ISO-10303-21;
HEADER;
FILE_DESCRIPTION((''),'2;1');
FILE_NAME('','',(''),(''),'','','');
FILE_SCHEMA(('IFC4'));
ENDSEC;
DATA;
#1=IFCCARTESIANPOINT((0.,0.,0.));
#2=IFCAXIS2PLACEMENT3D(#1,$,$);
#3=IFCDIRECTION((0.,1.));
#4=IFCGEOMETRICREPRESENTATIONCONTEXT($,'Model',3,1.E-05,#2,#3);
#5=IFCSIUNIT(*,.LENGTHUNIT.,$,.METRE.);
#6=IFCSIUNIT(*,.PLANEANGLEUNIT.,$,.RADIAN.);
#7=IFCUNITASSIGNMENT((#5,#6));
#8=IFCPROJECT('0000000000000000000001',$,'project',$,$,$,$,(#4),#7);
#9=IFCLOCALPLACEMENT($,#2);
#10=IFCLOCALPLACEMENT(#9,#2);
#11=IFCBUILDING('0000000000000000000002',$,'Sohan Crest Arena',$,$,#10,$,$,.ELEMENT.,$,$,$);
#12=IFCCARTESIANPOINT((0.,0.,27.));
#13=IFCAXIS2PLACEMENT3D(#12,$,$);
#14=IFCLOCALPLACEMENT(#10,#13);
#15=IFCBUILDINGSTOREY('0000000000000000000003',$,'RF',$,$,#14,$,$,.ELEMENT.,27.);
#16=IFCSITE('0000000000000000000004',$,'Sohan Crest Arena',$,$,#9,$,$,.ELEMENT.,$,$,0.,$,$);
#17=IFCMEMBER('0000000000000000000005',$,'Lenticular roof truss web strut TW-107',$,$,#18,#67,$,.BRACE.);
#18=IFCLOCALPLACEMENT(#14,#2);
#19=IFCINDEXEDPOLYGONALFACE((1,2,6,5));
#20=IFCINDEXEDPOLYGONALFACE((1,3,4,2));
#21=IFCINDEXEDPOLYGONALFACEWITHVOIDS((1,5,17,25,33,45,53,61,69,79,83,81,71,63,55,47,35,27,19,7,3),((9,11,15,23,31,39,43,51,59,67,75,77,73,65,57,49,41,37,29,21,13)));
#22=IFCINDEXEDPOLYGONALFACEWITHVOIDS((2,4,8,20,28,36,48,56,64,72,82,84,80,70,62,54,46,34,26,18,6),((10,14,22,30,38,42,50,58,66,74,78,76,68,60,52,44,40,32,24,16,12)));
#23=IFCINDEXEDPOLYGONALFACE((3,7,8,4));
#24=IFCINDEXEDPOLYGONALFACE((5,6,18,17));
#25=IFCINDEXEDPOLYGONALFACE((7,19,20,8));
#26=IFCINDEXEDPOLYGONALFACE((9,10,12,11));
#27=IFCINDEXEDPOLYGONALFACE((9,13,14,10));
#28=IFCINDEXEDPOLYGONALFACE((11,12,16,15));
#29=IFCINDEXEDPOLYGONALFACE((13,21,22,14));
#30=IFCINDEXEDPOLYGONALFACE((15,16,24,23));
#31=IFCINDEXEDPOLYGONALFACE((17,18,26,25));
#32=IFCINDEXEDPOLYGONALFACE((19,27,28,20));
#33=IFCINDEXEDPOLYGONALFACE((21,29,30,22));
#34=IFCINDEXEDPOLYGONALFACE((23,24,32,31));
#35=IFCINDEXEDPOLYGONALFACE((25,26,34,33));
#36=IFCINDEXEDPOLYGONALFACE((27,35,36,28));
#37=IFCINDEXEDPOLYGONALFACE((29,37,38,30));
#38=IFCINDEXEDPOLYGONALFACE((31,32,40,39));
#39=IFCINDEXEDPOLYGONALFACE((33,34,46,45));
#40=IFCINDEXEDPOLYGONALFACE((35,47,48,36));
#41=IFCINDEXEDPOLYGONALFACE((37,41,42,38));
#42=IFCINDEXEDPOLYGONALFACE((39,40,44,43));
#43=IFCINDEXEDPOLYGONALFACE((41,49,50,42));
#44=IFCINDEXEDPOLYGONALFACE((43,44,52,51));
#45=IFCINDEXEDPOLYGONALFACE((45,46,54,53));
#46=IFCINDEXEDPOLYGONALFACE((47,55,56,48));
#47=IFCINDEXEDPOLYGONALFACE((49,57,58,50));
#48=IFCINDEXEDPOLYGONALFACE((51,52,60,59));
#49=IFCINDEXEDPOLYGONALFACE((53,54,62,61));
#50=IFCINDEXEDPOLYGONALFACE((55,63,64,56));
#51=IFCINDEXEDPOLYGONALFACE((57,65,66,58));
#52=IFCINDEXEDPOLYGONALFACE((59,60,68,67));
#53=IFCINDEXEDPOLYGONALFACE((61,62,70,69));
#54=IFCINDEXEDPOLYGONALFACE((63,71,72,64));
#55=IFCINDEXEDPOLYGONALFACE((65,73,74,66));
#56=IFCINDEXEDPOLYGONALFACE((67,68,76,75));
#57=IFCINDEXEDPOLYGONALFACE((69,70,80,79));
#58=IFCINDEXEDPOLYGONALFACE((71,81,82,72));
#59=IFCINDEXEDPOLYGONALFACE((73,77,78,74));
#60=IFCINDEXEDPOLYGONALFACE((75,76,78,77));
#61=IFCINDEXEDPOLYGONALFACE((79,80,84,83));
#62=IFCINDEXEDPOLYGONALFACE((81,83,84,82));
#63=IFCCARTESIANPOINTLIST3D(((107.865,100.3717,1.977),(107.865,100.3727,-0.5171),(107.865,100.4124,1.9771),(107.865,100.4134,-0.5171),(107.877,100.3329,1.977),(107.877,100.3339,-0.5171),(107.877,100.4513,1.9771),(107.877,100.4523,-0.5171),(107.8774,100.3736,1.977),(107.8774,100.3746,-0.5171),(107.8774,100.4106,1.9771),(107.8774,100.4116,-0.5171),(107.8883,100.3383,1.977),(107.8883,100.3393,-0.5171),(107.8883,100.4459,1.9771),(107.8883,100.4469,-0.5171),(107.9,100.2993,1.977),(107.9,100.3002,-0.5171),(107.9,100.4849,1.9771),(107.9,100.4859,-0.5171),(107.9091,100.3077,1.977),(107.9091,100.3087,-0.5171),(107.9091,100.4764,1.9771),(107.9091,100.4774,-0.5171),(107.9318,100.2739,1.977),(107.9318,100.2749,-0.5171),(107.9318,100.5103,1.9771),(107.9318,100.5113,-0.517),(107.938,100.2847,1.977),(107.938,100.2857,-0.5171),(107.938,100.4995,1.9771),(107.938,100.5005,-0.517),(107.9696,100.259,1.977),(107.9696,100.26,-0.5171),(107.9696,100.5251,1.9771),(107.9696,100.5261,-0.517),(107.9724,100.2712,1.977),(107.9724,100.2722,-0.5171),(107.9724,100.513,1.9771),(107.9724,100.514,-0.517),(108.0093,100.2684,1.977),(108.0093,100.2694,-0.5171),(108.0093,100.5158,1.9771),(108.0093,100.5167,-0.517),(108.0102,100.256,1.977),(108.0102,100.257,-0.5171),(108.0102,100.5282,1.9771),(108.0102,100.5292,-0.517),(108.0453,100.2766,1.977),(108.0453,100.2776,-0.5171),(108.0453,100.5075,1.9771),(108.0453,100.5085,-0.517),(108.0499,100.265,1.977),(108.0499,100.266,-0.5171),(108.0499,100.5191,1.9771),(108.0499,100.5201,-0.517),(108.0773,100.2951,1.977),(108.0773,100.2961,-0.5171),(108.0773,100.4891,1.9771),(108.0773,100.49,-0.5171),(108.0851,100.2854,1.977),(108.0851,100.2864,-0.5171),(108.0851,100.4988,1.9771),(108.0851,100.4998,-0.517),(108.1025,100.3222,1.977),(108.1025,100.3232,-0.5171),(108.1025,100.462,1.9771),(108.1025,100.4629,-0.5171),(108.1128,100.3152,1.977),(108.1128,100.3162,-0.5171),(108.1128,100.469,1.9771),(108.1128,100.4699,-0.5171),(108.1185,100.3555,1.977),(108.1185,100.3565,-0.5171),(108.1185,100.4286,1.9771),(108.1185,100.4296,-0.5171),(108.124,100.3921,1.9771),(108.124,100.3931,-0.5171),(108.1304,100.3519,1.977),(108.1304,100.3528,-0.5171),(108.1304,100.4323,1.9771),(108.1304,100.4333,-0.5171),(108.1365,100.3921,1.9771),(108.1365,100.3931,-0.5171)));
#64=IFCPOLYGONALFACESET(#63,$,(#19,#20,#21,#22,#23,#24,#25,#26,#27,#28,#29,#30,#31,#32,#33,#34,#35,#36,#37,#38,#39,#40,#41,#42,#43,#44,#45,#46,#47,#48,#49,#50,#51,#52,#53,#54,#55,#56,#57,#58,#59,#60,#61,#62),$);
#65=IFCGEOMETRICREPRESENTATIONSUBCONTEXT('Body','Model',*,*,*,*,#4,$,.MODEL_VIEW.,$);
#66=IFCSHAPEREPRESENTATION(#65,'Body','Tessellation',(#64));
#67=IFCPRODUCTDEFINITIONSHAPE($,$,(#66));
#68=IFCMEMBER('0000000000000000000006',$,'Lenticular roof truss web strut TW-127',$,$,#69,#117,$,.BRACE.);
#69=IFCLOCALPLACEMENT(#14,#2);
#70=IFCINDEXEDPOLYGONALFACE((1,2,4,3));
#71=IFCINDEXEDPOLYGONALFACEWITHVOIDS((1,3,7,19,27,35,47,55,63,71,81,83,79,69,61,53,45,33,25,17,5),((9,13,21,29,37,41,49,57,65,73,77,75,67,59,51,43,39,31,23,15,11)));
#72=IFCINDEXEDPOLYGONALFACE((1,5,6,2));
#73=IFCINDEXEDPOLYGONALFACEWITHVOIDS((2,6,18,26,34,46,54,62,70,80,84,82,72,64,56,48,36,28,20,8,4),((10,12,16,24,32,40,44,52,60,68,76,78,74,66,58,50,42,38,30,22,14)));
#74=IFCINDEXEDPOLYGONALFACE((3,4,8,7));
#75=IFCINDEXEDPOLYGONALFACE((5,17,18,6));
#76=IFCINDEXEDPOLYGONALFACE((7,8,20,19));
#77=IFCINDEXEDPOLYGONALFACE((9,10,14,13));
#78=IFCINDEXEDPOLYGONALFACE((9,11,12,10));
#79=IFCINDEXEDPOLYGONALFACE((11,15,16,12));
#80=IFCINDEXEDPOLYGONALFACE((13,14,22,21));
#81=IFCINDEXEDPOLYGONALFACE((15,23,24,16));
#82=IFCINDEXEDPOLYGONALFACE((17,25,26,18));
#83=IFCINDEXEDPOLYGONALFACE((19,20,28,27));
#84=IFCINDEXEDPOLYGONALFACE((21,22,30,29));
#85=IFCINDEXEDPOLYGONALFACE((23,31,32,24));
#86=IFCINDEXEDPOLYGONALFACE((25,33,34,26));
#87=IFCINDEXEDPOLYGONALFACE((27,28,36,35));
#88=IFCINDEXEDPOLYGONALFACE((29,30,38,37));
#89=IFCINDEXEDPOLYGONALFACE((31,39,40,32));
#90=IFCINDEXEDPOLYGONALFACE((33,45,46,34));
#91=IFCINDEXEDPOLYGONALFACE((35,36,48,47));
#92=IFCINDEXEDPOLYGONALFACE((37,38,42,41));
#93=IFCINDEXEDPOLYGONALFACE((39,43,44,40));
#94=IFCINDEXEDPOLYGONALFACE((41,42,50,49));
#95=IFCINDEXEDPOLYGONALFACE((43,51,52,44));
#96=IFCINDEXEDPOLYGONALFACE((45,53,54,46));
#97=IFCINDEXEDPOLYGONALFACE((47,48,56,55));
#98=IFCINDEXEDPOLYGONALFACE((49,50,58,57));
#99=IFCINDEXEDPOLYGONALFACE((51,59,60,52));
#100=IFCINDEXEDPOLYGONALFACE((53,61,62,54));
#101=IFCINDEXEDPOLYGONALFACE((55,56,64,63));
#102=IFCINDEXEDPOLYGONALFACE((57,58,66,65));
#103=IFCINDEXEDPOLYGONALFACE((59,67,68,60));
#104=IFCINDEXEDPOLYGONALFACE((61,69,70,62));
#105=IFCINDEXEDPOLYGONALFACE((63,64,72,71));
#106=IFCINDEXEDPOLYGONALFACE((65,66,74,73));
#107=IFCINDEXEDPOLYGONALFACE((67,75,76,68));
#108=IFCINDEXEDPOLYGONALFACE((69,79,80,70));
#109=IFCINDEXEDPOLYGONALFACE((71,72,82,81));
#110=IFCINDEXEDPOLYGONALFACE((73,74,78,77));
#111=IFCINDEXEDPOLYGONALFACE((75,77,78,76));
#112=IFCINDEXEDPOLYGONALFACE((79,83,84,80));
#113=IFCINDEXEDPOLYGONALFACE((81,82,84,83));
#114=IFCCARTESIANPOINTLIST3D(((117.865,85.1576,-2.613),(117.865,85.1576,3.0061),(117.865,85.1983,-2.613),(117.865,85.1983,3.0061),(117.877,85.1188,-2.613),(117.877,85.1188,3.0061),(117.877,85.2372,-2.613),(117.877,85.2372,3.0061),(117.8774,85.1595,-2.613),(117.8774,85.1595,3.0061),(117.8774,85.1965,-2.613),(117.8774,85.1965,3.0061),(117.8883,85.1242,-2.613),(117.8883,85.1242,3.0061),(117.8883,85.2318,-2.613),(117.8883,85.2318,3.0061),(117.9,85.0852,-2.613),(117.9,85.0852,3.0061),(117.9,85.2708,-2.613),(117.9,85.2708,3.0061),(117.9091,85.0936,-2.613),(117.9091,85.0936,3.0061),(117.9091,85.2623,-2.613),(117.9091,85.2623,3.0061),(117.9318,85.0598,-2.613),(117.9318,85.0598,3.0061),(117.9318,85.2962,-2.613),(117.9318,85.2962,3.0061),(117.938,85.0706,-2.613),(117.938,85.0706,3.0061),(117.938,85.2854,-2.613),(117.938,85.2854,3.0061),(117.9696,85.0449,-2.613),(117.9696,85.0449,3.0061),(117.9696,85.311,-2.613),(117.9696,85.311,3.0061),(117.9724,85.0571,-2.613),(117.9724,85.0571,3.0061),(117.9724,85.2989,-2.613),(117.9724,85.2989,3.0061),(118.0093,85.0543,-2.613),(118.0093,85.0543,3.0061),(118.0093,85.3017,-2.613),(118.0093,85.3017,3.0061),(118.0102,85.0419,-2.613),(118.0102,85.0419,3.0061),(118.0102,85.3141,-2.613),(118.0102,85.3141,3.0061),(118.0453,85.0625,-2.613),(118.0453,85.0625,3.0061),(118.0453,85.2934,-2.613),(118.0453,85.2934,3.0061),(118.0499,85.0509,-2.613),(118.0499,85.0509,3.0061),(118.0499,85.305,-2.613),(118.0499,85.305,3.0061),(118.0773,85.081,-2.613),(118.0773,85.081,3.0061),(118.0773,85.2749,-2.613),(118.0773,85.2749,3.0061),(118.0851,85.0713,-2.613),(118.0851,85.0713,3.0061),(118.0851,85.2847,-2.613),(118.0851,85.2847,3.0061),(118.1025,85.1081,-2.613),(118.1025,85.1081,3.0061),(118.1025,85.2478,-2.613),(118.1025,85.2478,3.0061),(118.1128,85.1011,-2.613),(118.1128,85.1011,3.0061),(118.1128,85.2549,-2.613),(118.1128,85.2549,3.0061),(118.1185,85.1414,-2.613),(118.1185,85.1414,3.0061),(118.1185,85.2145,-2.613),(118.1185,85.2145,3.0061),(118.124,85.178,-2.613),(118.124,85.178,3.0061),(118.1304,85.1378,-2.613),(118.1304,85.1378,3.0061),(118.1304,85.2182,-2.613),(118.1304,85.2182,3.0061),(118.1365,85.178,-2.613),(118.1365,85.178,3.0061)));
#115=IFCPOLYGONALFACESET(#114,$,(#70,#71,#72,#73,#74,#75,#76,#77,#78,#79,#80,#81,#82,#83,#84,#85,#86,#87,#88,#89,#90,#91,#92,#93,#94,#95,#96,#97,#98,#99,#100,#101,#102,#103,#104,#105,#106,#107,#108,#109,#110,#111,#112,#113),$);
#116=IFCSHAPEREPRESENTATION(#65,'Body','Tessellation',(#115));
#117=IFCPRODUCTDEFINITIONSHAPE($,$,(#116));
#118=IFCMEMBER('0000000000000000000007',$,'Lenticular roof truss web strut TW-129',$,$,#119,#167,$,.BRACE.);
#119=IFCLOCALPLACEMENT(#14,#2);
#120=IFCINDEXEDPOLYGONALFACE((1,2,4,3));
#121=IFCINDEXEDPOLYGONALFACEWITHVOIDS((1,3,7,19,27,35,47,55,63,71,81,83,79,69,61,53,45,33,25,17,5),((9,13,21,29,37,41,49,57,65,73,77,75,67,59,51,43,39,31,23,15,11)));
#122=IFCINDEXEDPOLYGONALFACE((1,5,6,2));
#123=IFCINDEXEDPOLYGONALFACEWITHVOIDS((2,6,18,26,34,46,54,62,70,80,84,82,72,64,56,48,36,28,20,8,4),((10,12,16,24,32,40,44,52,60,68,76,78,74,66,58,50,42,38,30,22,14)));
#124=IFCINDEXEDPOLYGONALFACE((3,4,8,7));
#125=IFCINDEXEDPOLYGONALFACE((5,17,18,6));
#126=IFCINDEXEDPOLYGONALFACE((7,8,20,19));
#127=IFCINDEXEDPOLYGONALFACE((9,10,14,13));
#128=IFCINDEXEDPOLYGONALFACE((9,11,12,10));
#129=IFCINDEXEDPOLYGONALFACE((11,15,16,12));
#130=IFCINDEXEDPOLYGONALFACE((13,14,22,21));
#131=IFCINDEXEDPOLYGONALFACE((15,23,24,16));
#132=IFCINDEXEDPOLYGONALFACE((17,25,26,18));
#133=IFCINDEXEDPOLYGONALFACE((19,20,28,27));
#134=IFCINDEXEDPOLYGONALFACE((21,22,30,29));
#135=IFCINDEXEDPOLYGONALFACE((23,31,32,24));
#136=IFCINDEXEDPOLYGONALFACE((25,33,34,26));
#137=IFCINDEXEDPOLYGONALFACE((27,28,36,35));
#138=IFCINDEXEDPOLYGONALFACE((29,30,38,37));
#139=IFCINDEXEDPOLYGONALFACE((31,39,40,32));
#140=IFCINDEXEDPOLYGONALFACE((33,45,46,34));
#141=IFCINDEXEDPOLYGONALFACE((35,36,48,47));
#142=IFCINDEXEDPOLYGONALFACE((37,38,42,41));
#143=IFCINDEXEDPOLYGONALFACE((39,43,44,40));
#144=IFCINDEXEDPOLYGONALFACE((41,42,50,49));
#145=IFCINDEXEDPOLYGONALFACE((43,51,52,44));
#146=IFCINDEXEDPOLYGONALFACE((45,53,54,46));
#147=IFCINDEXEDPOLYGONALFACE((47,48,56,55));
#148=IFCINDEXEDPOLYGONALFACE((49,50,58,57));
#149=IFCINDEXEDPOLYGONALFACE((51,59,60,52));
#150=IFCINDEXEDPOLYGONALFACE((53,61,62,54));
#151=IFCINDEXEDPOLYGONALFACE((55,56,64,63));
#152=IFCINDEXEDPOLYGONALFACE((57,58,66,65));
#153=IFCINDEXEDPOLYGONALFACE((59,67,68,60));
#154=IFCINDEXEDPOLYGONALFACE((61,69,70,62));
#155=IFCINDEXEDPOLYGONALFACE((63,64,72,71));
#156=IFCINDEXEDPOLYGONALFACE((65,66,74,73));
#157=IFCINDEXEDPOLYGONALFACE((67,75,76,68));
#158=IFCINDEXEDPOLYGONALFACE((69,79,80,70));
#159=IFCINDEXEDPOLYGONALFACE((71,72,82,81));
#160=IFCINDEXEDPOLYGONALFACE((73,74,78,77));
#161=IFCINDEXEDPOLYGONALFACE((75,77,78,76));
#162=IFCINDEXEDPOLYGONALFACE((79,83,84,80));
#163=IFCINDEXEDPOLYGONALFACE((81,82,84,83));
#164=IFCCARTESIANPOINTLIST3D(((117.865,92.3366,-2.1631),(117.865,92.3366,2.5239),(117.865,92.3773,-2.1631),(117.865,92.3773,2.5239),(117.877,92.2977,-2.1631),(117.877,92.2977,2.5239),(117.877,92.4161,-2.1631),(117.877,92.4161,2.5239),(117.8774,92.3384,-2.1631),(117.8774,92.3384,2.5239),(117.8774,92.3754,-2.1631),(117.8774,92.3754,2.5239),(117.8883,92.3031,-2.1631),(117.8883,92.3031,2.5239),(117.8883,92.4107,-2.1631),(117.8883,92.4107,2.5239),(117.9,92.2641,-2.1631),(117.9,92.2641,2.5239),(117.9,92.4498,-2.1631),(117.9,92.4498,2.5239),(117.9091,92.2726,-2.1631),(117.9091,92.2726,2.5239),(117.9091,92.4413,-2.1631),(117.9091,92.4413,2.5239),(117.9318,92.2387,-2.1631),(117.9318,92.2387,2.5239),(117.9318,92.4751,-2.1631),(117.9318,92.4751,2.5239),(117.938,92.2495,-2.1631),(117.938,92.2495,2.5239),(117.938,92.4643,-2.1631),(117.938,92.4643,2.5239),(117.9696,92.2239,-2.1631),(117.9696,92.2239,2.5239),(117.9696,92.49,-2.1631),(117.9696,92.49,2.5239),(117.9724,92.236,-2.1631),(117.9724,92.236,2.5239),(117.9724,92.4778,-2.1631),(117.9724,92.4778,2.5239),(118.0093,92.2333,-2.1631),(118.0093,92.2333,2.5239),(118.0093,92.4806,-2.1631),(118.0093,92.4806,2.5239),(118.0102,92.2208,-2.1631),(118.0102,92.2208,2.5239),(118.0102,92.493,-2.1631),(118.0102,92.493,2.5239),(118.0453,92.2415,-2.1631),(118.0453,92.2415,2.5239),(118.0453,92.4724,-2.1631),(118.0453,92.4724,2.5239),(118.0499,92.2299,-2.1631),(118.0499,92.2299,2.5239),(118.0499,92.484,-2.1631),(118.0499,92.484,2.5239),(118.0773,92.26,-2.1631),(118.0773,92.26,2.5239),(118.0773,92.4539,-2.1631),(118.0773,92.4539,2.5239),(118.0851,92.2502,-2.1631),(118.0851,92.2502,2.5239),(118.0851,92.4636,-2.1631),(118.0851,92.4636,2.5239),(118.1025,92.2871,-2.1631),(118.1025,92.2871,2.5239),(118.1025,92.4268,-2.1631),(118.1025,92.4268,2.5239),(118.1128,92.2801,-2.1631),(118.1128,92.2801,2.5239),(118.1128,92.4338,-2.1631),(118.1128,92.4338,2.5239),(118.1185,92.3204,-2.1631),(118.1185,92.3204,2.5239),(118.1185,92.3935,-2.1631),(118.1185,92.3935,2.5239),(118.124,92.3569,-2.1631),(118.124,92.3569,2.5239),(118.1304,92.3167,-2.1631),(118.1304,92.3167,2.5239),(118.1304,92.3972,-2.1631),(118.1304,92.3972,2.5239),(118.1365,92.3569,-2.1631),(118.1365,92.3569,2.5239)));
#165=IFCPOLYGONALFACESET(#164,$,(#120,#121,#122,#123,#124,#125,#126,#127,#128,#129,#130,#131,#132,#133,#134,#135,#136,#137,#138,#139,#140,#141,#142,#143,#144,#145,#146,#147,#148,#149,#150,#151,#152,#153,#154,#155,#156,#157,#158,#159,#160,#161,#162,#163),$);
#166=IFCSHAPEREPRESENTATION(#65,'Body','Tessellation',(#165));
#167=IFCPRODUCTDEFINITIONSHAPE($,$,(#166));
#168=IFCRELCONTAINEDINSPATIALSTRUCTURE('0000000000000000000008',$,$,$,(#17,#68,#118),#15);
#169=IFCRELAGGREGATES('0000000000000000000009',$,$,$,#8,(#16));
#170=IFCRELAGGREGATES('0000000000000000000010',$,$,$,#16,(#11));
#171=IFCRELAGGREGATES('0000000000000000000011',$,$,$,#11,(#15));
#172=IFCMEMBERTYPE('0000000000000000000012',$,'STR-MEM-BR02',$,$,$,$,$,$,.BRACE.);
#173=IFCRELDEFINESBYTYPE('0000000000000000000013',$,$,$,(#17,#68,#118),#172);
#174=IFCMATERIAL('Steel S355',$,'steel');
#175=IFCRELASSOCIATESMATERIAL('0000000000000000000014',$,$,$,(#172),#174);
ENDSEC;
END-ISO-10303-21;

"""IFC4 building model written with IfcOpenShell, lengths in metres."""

from ifc_helpers import new_model, si_unit, direction, frame, origin, origin_2d, place, context, subcontext, project, spatial, hollow_circle, extrude, material, material_profile, profile_set, type_object, element, save


model = new_model("IFC4")

# Units and contexts
model_context = context("Model", 3, precision=1e-05, world=origin(), true_north=direction((0.0, 1.0)))
body_context = subcontext(model_context, "Body", "Model", "MODEL_VIEW")
ifc_project = project(units=[si_unit("LENGTHUNIT", "METRE"), si_unit("PLANEANGLEUNIT", "RADIAN")], contexts=[model_context])

# Site, building, storey
site_placement = place(None, origin())
site = spatial("IfcSite", under=ifc_project, at=site_placement, Name="Sohan Crest Arena", CompositionType="ELEMENT", RefElevation=0.0)
building_placement = place(site_placement, origin())
building = spatial("IfcBuilding", under=site, at=building_placement, Name="Sohan Crest Arena", CompositionType="ELEMENT")
storey_placement = place(building_placement, frame((0.0, 0.0, 27.0)))
storey = spatial("IfcBuildingStorey", under=building, at=storey_placement, Name="RF", CompositionType="ELEMENT", Elevation=27.0)

# Shared definitions
ifc_material_1 = material(Name="Steel S355", Category="steel")

# Members
ifc_material_profile_1 = material_profile(ifc_material_1, hollow_circle(Radius=0.1365, WallThickness=0.0125, at=origin_2d()), Name="CHS 273x12.5")
ifc_profile_set_1 = profile_set([ifc_material_profile_1], Name="Steel S355")
member_type_1 = type_object("IfcMemberType", Name="STR-MEM-BR02", PredefinedType="BRACE", material=ifc_profile_set_1)
member_1_placement = place(storey_placement, frame((108.0, 100.3931, -0.5171), z_axis=(0.0, -0.000392, 1.0), x_axis=(1.0, 0.0, 0.0)))
element("IfcMember", 1, at=member_1_placement, inside=storey, type_object=member_type_1, Name="Lenticular roof truss web strut TW-107", PredefinedType="BRACE", context=body_context, shape_type="SweptSolid", body=[
    extrude(hollow_circle(Radius=0.1365, WallThickness=0.0125, at=origin_2d()), origin(), (0.0, 0.0, 1.0), 2.4941),
])
member_2_placement = place(storey_placement, frame((118.0, 85.178, -2.613), z_axis=(0.0, 0.0, 1.0), x_axis=(1.0, 0.0, 0.0)))
element("IfcMember", 2, at=member_2_placement, inside=storey, type_object=member_type_1, Name="Lenticular roof truss web strut TW-127", PredefinedType="BRACE", context=body_context, shape_type="SweptSolid", body=[
    extrude(hollow_circle(Radius=0.1365, WallThickness=0.0125, at=origin_2d()), origin(), (0.0, 0.0, 1.0), 5.6191),
])
member_3_placement = place(storey_placement, frame((118.0, 92.3569, -2.1631), z_axis=(0.0, 0.0, 1.0), x_axis=(1.0, 0.0, 0.0)))
element("IfcMember", 3, at=member_3_placement, inside=storey, type_object=member_type_1, Name="Lenticular roof truss web strut TW-129", PredefinedType="BRACE", context=body_context, shape_type="SweptSolid", body=[
    extrude(hollow_circle(Radius=0.1365, WallThickness=0.0125, at=origin_2d()), origin(), (0.0, 0.0, 1.0), 4.687),
])

save(model, "model.ifc")
